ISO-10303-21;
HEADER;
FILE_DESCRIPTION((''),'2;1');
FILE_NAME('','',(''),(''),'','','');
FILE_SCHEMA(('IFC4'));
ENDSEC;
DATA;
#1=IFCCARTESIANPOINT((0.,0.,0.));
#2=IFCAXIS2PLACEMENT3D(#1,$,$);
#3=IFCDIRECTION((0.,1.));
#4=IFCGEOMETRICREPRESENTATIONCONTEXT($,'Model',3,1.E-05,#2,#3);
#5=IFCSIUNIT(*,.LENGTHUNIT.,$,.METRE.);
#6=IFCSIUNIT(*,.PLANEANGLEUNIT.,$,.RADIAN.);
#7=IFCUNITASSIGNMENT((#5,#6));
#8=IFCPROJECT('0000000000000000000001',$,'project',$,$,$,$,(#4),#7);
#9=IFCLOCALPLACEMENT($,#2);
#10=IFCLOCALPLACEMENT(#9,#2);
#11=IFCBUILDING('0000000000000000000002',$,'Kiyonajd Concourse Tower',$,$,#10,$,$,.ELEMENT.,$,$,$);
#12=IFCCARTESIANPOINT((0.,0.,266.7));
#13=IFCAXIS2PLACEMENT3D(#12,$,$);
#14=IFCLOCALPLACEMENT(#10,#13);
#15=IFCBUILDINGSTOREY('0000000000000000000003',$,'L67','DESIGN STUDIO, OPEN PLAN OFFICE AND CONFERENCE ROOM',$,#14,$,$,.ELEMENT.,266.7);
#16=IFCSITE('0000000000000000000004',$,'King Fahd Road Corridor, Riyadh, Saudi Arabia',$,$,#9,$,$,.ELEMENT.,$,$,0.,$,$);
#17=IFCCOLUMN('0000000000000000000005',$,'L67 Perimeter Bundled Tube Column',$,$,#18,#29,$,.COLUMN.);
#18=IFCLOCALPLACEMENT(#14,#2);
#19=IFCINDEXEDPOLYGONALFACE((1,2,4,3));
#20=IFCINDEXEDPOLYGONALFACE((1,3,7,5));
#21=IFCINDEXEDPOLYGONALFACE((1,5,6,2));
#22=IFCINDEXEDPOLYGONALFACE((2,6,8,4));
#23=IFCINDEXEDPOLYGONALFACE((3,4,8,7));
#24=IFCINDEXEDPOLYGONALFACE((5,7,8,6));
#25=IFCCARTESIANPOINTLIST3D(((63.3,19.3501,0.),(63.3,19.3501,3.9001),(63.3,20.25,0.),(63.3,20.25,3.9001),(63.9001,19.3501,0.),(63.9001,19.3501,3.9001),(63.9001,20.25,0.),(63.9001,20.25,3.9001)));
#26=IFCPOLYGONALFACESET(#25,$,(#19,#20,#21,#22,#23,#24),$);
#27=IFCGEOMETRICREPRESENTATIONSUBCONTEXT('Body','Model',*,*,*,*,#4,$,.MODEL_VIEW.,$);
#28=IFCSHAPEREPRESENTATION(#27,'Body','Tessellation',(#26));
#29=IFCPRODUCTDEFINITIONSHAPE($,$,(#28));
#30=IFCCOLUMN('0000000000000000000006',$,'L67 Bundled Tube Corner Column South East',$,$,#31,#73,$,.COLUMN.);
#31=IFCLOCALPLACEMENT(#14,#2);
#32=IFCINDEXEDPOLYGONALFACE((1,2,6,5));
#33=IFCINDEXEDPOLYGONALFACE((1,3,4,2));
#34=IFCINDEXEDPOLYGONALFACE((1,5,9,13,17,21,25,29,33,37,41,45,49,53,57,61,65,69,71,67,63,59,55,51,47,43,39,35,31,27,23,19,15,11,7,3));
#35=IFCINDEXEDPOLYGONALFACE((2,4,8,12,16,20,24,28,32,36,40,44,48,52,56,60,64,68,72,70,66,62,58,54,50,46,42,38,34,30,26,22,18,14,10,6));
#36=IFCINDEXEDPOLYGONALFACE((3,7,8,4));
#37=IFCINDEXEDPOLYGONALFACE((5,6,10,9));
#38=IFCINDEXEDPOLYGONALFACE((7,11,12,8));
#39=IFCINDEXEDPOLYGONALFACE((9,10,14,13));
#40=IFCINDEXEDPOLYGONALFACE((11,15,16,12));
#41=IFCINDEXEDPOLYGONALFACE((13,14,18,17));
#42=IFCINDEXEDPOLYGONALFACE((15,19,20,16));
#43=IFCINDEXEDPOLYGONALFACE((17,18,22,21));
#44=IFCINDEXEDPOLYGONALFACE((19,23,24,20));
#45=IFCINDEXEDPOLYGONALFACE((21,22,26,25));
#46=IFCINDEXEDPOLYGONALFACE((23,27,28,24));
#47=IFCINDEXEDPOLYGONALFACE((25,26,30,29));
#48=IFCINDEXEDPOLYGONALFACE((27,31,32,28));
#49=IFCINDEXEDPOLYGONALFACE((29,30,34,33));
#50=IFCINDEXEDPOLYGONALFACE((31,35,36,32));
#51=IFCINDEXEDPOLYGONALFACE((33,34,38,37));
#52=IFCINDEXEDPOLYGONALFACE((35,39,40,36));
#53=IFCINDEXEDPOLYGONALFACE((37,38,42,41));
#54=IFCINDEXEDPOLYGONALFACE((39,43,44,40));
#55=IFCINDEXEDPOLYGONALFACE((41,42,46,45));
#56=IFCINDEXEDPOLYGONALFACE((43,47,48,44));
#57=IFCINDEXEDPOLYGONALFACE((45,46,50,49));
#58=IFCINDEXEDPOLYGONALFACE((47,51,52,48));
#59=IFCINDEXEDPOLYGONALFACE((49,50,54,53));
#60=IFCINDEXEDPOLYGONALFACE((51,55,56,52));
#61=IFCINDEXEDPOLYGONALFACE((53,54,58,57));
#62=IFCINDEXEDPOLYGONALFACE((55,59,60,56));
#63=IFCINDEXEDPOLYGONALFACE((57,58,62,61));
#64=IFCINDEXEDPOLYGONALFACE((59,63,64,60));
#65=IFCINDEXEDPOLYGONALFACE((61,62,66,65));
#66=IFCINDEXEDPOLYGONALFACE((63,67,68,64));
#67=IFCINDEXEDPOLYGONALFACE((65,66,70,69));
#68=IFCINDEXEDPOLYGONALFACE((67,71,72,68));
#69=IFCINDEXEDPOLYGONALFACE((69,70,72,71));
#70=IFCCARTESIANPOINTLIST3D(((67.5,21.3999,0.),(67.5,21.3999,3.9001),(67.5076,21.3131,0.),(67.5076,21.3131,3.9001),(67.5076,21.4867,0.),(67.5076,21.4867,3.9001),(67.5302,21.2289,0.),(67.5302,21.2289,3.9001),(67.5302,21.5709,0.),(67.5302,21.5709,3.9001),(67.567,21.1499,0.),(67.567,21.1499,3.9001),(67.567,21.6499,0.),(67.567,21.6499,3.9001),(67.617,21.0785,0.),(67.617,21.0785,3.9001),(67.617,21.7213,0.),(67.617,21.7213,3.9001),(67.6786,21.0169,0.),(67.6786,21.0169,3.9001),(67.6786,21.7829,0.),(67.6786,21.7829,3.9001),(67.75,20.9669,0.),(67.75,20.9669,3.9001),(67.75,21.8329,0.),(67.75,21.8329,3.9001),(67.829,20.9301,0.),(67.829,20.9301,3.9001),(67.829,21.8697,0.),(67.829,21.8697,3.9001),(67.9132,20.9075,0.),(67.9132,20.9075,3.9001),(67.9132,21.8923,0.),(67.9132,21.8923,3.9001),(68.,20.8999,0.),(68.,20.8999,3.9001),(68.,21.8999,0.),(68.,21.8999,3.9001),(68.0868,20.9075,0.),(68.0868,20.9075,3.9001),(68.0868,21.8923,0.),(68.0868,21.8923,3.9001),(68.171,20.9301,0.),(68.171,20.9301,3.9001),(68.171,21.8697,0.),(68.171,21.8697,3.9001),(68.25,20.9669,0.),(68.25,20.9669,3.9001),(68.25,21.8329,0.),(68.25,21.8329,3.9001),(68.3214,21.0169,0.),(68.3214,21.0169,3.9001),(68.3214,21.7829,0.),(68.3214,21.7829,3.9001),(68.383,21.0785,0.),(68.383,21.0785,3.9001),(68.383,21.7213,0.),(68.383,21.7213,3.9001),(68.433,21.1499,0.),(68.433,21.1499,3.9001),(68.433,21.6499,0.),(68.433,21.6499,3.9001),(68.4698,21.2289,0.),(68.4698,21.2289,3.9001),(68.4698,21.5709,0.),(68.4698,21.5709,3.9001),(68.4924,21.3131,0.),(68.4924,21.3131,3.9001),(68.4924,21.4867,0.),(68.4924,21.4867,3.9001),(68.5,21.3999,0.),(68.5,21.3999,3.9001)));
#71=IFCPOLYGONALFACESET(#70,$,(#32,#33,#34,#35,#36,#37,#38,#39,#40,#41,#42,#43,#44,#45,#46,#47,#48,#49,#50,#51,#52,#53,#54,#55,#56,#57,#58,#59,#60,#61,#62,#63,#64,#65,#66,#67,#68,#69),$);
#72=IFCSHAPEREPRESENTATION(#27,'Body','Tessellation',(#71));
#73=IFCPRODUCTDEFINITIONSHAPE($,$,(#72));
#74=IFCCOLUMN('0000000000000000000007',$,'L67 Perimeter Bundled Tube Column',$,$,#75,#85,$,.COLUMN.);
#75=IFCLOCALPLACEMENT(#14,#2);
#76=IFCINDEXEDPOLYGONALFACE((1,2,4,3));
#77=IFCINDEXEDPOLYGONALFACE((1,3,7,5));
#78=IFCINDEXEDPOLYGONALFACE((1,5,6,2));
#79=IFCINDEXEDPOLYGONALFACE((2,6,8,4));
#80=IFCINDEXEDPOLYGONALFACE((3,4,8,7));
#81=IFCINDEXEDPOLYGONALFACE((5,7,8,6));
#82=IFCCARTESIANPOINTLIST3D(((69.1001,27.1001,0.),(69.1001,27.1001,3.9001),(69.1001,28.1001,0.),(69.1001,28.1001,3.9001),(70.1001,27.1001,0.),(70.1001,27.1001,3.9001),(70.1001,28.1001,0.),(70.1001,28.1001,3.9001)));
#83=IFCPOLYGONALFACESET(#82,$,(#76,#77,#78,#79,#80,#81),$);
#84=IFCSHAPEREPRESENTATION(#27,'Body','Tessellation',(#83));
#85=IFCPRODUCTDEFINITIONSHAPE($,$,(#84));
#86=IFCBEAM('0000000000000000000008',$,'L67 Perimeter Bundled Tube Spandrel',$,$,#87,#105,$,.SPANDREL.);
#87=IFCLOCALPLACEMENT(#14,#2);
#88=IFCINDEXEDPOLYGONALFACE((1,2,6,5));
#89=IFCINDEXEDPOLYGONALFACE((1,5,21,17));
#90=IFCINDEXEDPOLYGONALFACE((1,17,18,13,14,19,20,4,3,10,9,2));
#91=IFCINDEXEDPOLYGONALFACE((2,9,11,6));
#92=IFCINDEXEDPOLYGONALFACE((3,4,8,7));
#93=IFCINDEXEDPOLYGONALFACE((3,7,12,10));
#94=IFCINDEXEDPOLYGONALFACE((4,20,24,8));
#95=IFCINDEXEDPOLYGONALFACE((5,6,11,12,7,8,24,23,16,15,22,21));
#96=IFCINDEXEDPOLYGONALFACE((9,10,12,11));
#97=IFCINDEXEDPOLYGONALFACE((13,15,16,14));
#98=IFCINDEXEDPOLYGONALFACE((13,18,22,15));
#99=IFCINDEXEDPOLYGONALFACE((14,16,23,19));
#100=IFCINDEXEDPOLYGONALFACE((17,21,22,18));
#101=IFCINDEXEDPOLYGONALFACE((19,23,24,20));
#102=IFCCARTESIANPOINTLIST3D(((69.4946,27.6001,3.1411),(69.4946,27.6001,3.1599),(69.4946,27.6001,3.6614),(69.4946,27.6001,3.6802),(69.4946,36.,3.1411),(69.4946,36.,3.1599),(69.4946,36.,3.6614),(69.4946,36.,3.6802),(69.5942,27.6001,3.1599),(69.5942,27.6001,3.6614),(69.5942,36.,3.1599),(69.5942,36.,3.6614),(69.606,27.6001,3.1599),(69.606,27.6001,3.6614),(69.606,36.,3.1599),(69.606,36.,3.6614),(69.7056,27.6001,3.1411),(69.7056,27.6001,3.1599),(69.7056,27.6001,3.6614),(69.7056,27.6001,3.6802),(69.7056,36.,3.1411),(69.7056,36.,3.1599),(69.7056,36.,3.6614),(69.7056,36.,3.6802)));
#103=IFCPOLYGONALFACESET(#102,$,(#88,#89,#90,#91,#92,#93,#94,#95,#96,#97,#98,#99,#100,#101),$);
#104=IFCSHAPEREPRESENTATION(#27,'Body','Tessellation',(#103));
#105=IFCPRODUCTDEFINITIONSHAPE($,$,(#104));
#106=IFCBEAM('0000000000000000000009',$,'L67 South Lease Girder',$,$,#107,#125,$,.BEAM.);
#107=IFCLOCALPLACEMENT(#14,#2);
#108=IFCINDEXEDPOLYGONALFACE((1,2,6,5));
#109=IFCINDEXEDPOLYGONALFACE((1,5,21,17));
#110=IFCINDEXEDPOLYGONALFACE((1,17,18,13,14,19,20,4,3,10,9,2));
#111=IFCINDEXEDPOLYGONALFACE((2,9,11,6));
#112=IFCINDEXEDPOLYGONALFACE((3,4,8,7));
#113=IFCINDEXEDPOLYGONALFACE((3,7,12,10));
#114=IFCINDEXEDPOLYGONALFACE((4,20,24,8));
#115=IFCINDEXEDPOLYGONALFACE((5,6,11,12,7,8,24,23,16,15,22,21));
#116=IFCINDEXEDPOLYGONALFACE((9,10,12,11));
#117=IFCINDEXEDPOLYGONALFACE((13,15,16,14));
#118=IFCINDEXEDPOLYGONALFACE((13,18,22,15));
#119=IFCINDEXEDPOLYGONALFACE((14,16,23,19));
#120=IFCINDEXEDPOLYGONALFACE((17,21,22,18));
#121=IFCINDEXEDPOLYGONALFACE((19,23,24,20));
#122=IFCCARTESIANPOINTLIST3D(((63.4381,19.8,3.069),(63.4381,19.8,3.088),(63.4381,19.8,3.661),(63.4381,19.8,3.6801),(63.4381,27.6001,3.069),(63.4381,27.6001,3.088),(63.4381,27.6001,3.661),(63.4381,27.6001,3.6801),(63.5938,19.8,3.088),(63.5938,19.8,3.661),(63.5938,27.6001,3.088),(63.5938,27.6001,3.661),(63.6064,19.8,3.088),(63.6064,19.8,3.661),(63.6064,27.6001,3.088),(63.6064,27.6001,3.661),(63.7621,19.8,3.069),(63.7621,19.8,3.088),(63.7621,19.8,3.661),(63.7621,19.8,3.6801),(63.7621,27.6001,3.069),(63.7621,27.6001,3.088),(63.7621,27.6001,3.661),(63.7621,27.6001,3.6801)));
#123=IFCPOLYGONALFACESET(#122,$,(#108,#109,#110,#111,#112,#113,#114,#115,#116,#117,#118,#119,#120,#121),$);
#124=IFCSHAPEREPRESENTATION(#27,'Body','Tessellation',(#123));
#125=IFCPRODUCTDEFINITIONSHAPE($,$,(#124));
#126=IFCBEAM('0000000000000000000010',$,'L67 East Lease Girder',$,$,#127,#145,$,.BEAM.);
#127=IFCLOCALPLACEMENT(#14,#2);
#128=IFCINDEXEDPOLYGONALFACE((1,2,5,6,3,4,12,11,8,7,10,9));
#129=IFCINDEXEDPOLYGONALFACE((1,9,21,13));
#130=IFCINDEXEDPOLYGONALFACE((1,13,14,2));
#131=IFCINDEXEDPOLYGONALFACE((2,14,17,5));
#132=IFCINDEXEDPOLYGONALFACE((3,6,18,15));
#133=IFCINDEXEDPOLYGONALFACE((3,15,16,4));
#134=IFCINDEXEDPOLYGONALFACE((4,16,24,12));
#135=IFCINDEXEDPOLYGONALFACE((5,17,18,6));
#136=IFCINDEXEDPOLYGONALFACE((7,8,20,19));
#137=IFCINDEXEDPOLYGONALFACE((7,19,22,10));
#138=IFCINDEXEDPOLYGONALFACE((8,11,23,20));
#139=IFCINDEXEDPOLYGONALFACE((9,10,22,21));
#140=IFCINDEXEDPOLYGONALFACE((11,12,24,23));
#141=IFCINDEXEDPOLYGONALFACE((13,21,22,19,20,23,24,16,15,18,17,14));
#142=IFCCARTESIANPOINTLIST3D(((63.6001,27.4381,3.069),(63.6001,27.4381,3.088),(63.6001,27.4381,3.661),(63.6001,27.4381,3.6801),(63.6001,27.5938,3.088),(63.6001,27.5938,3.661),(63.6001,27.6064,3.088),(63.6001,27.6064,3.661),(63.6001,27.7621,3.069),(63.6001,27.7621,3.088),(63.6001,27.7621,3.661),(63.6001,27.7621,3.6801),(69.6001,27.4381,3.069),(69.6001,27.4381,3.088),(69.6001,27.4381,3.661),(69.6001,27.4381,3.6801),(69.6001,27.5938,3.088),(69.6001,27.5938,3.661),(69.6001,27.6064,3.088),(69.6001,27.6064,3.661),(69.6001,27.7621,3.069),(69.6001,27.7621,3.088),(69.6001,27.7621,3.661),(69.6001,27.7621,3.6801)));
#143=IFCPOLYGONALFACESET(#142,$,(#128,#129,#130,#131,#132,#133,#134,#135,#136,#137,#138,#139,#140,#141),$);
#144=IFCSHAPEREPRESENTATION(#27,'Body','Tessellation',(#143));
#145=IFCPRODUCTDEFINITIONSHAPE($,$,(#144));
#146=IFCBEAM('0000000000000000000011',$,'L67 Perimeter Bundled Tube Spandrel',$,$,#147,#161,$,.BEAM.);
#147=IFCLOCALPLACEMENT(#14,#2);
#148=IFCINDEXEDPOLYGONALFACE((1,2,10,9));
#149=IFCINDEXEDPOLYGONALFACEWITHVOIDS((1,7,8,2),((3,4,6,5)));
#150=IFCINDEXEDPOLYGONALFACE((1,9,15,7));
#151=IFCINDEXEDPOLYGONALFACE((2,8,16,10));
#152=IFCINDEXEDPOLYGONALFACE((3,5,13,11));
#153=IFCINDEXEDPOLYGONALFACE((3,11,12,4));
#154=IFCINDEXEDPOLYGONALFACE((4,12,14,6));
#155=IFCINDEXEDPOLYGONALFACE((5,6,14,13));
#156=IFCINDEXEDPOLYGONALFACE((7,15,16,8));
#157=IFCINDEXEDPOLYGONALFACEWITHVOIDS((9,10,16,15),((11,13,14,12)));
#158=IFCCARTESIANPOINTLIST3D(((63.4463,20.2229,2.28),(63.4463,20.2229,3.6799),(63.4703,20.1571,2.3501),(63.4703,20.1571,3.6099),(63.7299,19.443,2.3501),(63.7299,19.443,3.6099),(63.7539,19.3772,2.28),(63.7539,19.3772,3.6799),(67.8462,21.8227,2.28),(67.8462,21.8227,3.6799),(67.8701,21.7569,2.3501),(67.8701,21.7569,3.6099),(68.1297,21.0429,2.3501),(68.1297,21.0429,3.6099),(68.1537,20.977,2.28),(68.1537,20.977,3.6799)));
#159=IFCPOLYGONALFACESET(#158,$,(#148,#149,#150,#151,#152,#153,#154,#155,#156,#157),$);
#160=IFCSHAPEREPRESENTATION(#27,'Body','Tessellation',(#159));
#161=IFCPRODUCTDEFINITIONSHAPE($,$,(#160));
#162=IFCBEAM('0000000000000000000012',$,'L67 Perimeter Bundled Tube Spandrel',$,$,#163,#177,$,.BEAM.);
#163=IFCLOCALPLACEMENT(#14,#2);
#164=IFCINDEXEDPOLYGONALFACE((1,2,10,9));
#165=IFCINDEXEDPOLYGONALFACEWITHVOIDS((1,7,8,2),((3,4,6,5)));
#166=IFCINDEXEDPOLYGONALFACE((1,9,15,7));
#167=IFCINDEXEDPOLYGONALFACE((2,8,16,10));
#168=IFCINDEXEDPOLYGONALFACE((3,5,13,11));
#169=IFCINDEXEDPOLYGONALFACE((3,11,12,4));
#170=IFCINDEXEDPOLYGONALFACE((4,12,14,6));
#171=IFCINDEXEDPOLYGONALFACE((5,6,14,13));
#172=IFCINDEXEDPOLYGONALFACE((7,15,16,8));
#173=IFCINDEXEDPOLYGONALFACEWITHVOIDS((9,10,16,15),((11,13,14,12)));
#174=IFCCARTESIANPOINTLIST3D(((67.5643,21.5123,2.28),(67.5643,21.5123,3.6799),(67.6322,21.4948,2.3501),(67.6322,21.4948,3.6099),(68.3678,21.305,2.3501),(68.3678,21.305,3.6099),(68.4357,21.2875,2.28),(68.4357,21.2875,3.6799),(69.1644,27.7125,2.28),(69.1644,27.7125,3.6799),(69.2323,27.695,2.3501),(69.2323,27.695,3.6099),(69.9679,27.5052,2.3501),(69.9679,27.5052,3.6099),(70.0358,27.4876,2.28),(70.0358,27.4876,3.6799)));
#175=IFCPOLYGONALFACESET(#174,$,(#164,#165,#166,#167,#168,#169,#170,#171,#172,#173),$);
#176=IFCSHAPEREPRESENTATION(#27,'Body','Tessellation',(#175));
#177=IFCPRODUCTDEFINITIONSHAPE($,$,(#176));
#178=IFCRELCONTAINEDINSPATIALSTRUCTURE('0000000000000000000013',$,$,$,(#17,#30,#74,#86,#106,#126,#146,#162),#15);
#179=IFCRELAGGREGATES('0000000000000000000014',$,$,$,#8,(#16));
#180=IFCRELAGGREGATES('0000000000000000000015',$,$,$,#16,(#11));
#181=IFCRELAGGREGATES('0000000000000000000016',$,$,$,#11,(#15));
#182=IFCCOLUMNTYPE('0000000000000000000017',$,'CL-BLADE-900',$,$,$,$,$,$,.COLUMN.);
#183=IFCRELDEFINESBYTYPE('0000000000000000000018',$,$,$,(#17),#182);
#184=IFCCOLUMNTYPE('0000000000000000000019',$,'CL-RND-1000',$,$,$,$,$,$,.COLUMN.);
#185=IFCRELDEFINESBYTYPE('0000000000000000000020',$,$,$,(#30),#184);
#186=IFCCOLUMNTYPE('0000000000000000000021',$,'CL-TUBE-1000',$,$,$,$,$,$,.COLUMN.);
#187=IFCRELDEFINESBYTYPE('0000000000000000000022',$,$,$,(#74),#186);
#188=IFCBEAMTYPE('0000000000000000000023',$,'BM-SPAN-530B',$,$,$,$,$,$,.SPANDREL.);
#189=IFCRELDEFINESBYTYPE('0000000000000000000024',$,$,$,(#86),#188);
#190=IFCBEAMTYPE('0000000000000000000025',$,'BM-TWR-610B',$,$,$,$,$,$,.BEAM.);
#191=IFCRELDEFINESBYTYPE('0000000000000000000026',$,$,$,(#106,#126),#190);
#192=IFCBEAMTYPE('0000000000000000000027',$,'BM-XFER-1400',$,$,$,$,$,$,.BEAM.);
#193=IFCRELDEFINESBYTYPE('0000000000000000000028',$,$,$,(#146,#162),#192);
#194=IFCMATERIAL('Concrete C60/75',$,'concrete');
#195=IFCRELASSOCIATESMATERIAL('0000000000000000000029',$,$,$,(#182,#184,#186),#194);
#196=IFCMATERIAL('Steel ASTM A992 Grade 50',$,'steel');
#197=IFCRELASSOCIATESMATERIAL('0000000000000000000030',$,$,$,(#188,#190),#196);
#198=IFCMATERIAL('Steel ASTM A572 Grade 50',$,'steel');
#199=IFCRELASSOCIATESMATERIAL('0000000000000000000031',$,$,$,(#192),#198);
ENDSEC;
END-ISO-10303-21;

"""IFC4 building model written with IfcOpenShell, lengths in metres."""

from ifc_helpers import new_model, si_unit, direction, frame, origin, origin_2d, place, context, subcontext, project, spatial, rectangle, hollow_rectangle, circle, i_section, extrude, material, material_profile, profile_set, type_object, element, save


model = new_model("IFC4")

# Units and contexts
model_context = context("Model", 3, precision=1e-05, world=origin(), true_north=direction((0.0, 1.0)))
body_context = subcontext(model_context, "Body", "Model", "MODEL_VIEW")
ifc_project = project(units=[si_unit("LENGTHUNIT", "METRE"), si_unit("PLANEANGLEUNIT", "RADIAN")], contexts=[model_context])

# Site, building, storey
site_placement = place(None, origin())
site = spatial("IfcSite", under=ifc_project, at=site_placement, Name="King Fahd Road Corridor, Riyadh, Saudi Arabia", CompositionType="ELEMENT", RefElevation=0.0)
building_placement = place(site_placement, origin())
building = spatial("IfcBuilding", under=site, at=building_placement, Name="Kiyonajd Concourse Tower", CompositionType="ELEMENT")
storey_placement = place(building_placement, frame((0.0, 0.0, 266.7)))
storey = spatial("IfcBuildingStorey", under=building, at=storey_placement, Name="L67", Description="DESIGN STUDIO, OPEN PLAN OFFICE AND CONFERENCE ROOM", CompositionType="ELEMENT", Elevation=266.7)

# Columns
ifc_material_1 = material(Name="Concrete C60/75", Category="concrete")
ifc_material_profile_1 = material_profile(ifc_material_1, rectangle(XDim=0.6001, YDim=0.8999, at=origin_2d()), Name="RC-900x600")
ifc_profile_set_1 = profile_set([ifc_material_profile_1], Name="Concrete C60/75")
column_type_1 = type_object("IfcColumnType", Name="CL-BLADE-900", PredefinedType="COLUMN", material=ifc_profile_set_1)
column_1_placement = place(storey_placement, frame((63.6001, 19.8, 0.0), z_axis=(0.0, 0.0, 1.0), x_axis=(1.0, 0.0, 0.0)))
element("IfcColumn", 1, at=column_1_placement, inside=storey, type_object=column_type_1, Name="L67 Perimeter Bundled Tube Column", PredefinedType="COLUMN", context=body_context, shape_type="SweptSolid", body=[
    extrude(rectangle(XDim=0.6001, YDim=0.8999, at=origin_2d()), origin(), (0.0, 0.0, 1.0), 3.9001),
])
ifc_material_profile_2 = material_profile(ifc_material_1, circle(Radius=0.5, at=origin_2d()), Name="RCC-D1000")
ifc_profile_set_2 = profile_set([ifc_material_profile_2], Name="Concrete C60/75")
column_type_2 = type_object("IfcColumnType", Name="CL-RND-1000", PredefinedType="COLUMN", material=ifc_profile_set_2)
column_2_placement = place(storey_placement, frame((68.0, 21.3999, 0.0), z_axis=(0.0, 0.0, 1.0), x_axis=(1.0, 0.0, 0.0)))
element("IfcColumn", 2, at=column_2_placement, inside=storey, type_object=column_type_2, Name="L67 Bundled Tube Corner Column South East", PredefinedType="COLUMN", context=body_context, shape_type="SweptSolid", body=[
    extrude(circle(Radius=0.5, at=origin_2d()), origin(), (0.0, 0.0, 1.0), 3.9001),
])
ifc_material_profile_3 = material_profile(ifc_material_1, rectangle(XDim=1.0, YDim=1.0, at=origin_2d()), Name="RC-1000x1000")
ifc_profile_set_3 = profile_set([ifc_material_profile_3], Name="Concrete C60/75")
column_type_3 = type_object("IfcColumnType", Name="CL-TUBE-1000", PredefinedType="COLUMN", material=ifc_profile_set_3)
column_3_placement = place(storey_placement, frame((69.6001, 27.6001, 0.0), z_axis=(0.0, 0.0, 1.0), x_axis=(1.0, 0.0, 0.0)))
element("IfcColumn", 3, at=column_3_placement, inside=storey, type_object=column_type_3, Name="L67 Perimeter Bundled Tube Column", PredefinedType="COLUMN", context=body_context, shape_type="SweptSolid", body=[
    extrude(rectangle(XDim=1.0, YDim=1.0, at=origin_2d()), origin(), (0.0, 0.0, 1.0), 3.9001),
])

# Beams
ifc_material_2 = material(Name="Steel ASTM A992 Grade 50", Category="steel")
ifc_material_profile_4 = material_profile(ifc_material_2, i_section(OverallWidth=0.2109, OverallDepth=0.5391, WebThickness=0.0117, FlangeThickness=0.0188, at=origin_2d()), Name="W530X109")
ifc_profile_set_4 = profile_set([ifc_material_profile_4], Name="Steel ASTM A992 Grade 50")
beam_type_1 = type_object("IfcBeamType", Name="BM-SPAN-530B", PredefinedType="SPANDREL", material=ifc_profile_set_4)
beam_1_placement = place(storey_placement, frame((69.6001, 27.6001, 3.4106), z_axis=(0.0, 1.0, 0.0), x_axis=(-1.0, 0.0, 0.0)))
element("IfcBeam", 4, at=beam_1_placement, inside=storey, type_object=beam_type_1, Name="L67 Perimeter Bundled Tube Spandrel", PredefinedType="SPANDREL", context=body_context, shape_type="SweptSolid", body=[
    extrude(i_section(OverallWidth=0.2109, OverallDepth=0.5391, WebThickness=0.0117, FlangeThickness=0.0188, at=origin_2d()), origin(), (0.0, 0.0, 1.0), 8.3999),
])
ifc_material_profile_5 = material_profile(ifc_material_2, i_section(OverallWidth=0.324, OverallDepth=0.6111, WebThickness=0.0127, FlangeThickness=0.019, at=origin_2d()), Name="W610X155")
ifc_profile_set_5 = profile_set([ifc_material_profile_5], Name="Steel ASTM A992 Grade 50")
beam_type_2 = type_object("IfcBeamType", Name="BM-TWR-610B", PredefinedType="BEAM", material=ifc_profile_set_5)
beam_2_placement = place(storey_placement, frame((63.6001, 19.8, 3.3745), z_axis=(0.0, 1.0, 0.0), x_axis=(-1.0, 0.0, 0.0)))
element("IfcBeam", 5, at=beam_2_placement, inside=storey, type_object=beam_type_2, Name="L67 South Lease Girder", PredefinedType="BEAM", context=body_context, shape_type="SweptSolid", body=[
    extrude(i_section(OverallWidth=0.324, OverallDepth=0.6111, WebThickness=0.0127, FlangeThickness=0.019, at=origin_2d()), origin(), (0.0, 0.0, 1.0), 7.8),
])
beam_3_placement = place(storey_placement, frame((63.6001, 27.6001, 3.3745), z_axis=(1.0, 0.0, 0.0), x_axis=(0.0, 1.0, 0.0)))
element("IfcBeam", 6, at=beam_3_placement, inside=storey, type_object=beam_type_2, Name="L67 East Lease Girder", PredefinedType="BEAM", context=body_context, shape_type="SweptSolid", body=[
    extrude(i_section(OverallWidth=0.324, OverallDepth=0.6111, WebThickness=0.0127, FlangeThickness=0.019, at=origin_2d()), origin(), (0.0, 0.0, 1.0), 6.0),
])
ifc_material_3 = material(Name="Steel ASTM A572 Grade 50", Category="steel")
ifc_material_profile_6 = material_profile(ifc_material_3, hollow_rectangle(XDim=0.8999, YDim=1.3999, WallThickness=0.0701, at=origin_2d()), Name="BOX-1400x900x70")
ifc_profile_set_6 = profile_set([ifc_material_profile_6], Name="Steel ASTM A572 Grade 50")
beam_type_3 = type_object("IfcBeamType", Name="BM-XFER-1400", PredefinedType="BEAM", material=ifc_profile_set_6)
beam_4_placement = place(storey_placement, frame((63.6001, 19.8, 2.98), z_axis=(0.939801, 0.341722, 0.0), x_axis=(-0.341722, 0.939801, 0.0)))
element("IfcBeam", 7, at=beam_4_placement, inside=storey, type_object=beam_type_3, Name="L67 Perimeter Bundled Tube Spandrel", PredefinedType="BEAM", context=body_context, shape_type="SweptSolid", body=[
    extrude(hollow_rectangle(XDim=0.8999, YDim=1.3999, WallThickness=0.0701, at=origin_2d()), origin(), (0.0, 0.0, 1.0), 4.6816),
])
beam_5_placement = place(storey_placement, frame((68.0, 21.3999, 2.98), z_axis=(0.249885, 0.968276, 0.0), x_axis=(-0.968276, 0.249885, 0.0)))
element("IfcBeam", 8, at=beam_5_placement, inside=storey, type_object=beam_type_3, Name="L67 Perimeter Bundled Tube Spandrel", PredefinedType="BEAM", context=body_context, shape_type="SweptSolid", body=[
    extrude(hollow_rectangle(XDim=0.8999, YDim=1.3999, WallThickness=0.0701, at=origin_2d()), origin(), (0.0, 0.0, 1.0), 6.4033),
])

save(model, "model.ifc")
